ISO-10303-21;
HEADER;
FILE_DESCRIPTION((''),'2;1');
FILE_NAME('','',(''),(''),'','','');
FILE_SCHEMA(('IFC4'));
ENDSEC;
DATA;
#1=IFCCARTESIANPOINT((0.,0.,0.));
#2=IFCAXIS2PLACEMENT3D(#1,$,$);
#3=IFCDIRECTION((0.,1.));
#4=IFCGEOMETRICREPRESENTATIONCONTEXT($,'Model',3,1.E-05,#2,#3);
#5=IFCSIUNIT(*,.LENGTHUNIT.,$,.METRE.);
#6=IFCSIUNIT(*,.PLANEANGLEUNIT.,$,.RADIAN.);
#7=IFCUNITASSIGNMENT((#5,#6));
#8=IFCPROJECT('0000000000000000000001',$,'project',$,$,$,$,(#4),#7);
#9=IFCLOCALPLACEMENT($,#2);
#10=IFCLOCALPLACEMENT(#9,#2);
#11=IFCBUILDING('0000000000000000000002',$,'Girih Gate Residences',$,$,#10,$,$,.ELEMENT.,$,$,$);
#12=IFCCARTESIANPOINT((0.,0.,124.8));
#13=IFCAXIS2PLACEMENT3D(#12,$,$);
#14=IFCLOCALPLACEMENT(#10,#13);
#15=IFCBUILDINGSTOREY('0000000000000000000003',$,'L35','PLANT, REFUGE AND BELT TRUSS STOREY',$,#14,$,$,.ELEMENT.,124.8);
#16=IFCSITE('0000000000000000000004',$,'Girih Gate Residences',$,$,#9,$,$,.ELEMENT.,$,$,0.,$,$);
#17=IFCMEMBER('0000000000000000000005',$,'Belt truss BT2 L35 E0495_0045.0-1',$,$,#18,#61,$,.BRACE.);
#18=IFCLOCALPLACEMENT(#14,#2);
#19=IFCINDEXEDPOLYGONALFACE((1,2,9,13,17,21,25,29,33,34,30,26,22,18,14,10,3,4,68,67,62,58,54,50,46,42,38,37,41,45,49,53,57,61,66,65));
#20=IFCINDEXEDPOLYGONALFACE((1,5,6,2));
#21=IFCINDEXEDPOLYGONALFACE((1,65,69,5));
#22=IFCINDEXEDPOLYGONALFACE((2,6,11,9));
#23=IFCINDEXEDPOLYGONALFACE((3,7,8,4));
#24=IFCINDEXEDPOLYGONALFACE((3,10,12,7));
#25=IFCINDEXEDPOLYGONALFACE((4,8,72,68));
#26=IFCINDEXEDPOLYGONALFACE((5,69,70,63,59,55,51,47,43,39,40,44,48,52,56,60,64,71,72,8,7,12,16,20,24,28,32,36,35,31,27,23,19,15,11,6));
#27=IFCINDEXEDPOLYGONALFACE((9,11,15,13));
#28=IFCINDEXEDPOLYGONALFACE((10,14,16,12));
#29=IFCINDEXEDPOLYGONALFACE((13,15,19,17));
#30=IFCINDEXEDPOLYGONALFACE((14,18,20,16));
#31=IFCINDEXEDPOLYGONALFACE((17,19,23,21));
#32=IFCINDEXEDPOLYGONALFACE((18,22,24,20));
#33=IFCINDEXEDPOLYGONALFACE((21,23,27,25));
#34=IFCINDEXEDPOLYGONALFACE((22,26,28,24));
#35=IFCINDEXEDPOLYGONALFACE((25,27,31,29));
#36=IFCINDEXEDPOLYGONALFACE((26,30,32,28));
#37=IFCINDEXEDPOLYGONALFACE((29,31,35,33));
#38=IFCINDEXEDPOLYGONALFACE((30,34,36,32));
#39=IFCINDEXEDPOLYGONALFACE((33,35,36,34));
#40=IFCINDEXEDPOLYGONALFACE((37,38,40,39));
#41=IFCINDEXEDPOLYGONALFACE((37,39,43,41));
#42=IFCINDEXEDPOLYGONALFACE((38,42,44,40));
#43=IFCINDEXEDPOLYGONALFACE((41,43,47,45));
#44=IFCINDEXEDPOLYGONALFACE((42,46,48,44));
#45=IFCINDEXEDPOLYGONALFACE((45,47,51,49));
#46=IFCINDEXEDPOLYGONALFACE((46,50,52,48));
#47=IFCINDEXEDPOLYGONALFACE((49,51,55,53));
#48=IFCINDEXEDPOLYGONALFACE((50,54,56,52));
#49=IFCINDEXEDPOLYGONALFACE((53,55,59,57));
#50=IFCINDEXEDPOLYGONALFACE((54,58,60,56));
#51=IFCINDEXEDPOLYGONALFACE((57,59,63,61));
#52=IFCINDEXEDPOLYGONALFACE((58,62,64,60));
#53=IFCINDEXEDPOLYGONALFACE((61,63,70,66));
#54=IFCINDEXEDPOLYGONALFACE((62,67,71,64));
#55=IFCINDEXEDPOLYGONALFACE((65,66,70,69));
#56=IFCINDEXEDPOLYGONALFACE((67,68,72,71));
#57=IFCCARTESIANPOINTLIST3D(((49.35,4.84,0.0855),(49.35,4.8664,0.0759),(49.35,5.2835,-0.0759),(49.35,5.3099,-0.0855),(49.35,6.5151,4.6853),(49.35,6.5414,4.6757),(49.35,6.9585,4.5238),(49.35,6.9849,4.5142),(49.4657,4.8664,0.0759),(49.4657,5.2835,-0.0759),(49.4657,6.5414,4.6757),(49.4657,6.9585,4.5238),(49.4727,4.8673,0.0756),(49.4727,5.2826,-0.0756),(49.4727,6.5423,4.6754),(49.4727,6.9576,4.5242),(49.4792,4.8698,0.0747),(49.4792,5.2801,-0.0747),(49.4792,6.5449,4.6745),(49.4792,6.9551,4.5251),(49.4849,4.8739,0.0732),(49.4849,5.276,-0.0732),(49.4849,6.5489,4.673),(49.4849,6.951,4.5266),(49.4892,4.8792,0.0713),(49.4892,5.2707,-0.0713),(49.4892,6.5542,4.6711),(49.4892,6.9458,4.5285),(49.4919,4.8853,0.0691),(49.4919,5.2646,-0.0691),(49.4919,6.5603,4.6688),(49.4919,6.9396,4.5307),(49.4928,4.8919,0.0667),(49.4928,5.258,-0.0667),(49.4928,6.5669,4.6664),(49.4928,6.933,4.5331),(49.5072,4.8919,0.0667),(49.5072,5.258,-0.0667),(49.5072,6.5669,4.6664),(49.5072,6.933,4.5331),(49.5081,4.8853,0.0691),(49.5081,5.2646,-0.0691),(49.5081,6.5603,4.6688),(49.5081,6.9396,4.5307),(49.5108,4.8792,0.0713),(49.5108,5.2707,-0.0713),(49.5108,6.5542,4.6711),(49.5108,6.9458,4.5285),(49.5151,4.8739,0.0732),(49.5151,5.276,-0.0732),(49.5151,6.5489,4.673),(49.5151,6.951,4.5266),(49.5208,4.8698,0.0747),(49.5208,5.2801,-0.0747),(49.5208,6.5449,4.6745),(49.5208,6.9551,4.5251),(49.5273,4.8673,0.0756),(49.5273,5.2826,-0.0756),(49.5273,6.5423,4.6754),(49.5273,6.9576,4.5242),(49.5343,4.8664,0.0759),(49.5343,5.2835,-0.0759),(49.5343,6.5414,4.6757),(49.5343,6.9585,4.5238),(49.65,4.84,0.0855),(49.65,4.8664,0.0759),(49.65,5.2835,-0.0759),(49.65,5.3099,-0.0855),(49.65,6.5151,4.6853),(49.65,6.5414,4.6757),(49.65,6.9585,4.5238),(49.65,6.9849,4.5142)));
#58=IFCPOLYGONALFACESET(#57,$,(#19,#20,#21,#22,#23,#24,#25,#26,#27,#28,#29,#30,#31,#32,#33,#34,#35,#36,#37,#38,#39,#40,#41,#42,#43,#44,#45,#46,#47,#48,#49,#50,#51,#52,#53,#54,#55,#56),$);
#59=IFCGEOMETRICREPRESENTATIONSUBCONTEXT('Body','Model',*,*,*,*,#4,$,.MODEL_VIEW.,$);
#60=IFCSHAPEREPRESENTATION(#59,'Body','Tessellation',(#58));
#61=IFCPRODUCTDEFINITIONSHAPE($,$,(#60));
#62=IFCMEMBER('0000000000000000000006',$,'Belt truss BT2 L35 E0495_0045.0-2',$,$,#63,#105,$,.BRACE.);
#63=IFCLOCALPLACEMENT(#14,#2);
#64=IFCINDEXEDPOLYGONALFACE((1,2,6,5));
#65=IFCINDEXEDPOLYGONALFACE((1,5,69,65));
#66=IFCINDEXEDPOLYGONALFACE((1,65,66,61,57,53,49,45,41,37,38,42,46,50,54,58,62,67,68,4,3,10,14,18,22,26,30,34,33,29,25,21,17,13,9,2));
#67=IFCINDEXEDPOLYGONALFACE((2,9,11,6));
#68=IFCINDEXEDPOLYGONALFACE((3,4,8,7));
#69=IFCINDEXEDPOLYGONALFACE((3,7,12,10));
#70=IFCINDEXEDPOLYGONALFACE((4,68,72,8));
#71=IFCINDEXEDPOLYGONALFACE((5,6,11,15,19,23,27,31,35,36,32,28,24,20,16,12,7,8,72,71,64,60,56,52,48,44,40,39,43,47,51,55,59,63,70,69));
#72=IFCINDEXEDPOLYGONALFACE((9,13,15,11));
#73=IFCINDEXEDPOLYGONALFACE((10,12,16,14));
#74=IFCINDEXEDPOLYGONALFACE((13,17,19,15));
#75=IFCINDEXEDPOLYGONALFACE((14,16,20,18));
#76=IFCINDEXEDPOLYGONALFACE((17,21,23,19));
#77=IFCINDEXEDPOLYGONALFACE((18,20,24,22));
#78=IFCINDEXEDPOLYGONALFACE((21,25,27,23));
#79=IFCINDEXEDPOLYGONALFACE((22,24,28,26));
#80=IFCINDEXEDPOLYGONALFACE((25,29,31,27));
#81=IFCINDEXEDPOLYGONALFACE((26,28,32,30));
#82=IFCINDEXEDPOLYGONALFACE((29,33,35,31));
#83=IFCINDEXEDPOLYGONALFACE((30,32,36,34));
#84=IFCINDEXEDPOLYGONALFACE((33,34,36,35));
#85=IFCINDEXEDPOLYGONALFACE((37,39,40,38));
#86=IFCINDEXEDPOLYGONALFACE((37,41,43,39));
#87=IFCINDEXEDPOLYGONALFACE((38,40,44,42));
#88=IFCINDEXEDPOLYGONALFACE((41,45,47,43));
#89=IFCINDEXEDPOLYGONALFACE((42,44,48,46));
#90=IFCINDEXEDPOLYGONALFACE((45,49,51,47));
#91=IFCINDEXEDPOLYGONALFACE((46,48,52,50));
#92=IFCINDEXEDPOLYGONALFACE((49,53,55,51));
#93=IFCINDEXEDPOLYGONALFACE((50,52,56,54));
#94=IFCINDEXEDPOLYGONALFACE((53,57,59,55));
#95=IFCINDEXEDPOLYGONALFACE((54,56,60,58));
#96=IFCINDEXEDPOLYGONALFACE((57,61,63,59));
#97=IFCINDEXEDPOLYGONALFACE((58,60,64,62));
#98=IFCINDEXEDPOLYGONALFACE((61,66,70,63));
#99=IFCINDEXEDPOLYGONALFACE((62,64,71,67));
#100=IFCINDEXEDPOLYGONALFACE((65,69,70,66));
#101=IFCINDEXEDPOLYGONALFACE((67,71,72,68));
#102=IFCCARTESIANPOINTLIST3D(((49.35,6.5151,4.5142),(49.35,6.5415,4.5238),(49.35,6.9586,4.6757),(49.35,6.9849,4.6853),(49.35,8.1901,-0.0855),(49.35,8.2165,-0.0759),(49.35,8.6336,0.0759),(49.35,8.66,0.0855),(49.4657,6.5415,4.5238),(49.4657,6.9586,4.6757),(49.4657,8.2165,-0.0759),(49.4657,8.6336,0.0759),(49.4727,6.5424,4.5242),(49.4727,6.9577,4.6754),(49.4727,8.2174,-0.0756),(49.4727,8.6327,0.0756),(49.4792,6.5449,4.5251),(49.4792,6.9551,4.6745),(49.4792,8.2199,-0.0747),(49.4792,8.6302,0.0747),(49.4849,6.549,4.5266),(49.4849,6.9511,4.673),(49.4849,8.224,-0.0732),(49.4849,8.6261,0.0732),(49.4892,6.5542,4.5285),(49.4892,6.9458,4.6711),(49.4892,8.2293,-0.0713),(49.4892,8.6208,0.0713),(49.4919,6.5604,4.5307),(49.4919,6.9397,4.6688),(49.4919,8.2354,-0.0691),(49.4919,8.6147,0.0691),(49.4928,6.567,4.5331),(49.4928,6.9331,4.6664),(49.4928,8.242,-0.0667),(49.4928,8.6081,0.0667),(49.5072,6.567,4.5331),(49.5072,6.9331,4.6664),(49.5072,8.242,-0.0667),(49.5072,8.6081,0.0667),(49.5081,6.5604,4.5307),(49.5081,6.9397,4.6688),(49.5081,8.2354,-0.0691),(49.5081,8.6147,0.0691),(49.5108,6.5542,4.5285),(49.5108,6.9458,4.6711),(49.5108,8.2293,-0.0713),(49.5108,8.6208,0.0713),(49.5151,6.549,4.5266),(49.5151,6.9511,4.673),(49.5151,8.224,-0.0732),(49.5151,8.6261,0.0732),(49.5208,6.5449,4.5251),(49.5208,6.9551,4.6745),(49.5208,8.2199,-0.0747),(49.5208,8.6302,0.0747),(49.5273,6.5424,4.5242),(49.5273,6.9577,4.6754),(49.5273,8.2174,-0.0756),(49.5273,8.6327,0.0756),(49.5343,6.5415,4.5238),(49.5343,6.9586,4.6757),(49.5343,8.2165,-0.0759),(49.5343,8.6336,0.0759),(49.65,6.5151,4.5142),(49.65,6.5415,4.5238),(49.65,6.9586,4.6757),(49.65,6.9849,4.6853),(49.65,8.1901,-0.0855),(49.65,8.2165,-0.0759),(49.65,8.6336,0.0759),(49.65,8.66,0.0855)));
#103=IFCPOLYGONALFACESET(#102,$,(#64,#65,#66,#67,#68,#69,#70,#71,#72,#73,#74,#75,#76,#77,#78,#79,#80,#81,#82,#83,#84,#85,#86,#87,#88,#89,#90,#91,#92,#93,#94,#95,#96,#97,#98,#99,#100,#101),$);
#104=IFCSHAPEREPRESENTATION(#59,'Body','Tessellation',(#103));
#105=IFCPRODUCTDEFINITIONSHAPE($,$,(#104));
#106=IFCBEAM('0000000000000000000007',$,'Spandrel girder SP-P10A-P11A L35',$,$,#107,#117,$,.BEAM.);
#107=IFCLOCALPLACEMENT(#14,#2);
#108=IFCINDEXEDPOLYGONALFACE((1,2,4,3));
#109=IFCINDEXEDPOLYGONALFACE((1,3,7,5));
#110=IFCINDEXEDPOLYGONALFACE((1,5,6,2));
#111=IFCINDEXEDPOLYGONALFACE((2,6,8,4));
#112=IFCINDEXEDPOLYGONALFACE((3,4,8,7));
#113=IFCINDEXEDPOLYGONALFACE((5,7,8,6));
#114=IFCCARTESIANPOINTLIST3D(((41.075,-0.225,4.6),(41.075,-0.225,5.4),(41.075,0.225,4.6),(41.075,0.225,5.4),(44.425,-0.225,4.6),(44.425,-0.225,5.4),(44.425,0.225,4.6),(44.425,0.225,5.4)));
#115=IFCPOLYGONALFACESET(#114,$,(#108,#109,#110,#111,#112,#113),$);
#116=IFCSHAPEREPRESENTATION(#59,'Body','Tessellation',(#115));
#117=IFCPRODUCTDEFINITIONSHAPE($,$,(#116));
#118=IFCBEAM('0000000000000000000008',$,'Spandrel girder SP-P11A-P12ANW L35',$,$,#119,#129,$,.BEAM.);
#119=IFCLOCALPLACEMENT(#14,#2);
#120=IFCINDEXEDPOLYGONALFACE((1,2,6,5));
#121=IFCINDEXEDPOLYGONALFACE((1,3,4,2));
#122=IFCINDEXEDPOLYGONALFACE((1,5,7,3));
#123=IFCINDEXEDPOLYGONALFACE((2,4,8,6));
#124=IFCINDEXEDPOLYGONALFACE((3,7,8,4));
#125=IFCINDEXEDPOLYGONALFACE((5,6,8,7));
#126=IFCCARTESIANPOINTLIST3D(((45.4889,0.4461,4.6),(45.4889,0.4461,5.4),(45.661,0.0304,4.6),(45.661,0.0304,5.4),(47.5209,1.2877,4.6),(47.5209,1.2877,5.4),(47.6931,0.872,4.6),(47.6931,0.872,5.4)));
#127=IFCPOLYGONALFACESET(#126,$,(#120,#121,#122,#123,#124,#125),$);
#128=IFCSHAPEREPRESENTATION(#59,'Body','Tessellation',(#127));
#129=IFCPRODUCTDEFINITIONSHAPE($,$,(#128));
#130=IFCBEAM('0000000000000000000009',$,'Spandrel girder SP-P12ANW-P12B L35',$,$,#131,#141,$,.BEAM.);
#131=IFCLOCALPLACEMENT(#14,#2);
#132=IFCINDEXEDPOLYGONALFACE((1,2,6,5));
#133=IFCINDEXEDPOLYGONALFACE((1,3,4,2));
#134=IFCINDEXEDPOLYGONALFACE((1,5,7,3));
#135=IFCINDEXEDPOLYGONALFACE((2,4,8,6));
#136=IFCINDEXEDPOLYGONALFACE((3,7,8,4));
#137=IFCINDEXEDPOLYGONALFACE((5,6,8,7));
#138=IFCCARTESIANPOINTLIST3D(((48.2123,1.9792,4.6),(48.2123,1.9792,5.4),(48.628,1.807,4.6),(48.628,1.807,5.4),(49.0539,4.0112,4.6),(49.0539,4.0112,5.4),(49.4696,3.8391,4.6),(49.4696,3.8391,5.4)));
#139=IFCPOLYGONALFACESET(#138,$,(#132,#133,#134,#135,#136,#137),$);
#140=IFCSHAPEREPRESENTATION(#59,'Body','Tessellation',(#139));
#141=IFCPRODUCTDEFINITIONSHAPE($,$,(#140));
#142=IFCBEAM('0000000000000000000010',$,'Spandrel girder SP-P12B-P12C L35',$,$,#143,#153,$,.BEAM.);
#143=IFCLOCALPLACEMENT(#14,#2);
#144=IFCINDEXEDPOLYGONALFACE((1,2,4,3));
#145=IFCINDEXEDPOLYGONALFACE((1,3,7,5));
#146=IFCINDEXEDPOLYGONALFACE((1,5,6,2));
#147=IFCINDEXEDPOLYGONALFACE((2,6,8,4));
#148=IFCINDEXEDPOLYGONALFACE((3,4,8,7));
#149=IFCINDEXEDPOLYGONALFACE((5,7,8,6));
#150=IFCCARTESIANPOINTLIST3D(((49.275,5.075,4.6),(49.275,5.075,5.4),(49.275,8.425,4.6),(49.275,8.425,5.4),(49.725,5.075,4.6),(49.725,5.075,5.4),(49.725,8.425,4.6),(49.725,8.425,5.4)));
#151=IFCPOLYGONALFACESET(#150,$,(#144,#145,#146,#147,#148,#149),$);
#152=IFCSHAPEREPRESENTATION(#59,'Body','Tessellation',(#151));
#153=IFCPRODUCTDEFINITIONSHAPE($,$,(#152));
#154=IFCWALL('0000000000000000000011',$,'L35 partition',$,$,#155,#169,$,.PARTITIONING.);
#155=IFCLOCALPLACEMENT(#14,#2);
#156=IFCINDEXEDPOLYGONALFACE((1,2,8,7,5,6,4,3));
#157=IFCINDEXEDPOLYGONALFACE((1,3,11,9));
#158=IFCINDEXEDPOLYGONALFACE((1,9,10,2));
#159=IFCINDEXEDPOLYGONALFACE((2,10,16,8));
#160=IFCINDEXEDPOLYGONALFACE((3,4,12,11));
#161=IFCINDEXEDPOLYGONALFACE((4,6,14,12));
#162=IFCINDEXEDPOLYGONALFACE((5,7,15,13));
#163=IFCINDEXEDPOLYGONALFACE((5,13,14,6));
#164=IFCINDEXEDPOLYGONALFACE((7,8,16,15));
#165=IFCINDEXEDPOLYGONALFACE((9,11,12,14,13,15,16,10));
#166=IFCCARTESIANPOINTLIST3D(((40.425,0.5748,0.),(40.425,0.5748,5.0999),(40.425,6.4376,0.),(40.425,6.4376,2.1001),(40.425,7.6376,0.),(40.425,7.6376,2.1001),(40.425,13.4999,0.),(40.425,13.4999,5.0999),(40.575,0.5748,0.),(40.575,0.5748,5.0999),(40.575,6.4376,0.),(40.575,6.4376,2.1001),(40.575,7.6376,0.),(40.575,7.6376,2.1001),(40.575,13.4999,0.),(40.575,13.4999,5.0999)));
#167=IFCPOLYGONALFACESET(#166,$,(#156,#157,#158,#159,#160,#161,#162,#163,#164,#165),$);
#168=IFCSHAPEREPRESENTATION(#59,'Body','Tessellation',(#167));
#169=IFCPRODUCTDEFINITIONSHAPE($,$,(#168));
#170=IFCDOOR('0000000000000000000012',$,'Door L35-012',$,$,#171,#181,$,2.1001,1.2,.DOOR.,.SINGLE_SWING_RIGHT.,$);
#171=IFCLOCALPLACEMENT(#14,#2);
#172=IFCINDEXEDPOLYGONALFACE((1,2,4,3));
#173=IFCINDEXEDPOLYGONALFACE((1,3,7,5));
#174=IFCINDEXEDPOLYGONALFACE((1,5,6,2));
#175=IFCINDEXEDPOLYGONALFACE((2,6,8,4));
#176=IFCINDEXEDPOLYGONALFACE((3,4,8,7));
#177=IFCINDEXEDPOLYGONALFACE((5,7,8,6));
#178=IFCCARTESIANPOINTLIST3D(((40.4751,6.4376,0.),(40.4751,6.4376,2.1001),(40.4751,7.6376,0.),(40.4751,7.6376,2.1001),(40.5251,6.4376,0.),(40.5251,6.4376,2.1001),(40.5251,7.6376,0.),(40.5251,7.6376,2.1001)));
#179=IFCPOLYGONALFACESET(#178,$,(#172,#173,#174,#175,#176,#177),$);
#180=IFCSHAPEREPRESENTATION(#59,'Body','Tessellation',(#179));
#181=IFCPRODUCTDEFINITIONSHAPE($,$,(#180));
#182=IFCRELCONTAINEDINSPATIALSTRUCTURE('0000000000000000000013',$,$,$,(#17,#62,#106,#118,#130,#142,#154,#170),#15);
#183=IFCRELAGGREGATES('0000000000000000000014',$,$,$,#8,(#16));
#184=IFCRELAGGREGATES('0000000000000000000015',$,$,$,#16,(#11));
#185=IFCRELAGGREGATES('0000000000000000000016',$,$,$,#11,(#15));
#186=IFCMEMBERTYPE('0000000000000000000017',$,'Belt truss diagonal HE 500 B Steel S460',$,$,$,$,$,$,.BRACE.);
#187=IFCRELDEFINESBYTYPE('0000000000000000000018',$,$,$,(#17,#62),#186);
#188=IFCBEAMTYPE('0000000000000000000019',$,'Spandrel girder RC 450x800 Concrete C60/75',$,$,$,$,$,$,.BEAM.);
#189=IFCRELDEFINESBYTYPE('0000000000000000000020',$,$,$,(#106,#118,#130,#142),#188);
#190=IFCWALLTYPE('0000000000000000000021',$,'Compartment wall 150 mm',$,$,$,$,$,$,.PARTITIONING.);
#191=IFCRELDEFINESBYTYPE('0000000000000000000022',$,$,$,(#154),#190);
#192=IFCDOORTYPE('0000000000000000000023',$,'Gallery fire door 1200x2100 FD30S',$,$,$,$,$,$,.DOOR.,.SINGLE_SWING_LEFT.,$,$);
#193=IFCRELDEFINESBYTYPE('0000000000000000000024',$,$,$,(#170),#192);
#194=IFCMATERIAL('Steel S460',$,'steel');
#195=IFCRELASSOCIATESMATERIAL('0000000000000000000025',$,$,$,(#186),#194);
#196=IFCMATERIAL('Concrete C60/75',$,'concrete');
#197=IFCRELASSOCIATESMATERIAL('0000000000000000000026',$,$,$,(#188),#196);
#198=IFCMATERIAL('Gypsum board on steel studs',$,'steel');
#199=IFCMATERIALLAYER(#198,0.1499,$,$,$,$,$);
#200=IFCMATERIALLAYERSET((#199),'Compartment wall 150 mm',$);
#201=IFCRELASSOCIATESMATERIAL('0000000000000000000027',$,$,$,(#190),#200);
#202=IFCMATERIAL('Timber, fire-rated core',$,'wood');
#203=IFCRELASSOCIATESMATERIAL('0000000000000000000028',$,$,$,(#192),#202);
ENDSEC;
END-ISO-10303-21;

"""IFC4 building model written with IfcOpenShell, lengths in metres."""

from ifc_helpers import new_model, si_unit, direction, frame, frame_2d, origin, origin_2d, place, context, subcontext, project, spatial, rectangle, i_section, extrude, material, layer, layer_set, material_profile, profile_set, type_object, element, fill, save


model = new_model("IFC4")

# Units and contexts
model_context = context("Model", 3, precision=1e-05, world=origin(), true_north=direction((0.0, 1.0)))
body_context = subcontext(model_context, "Body", "Model", "MODEL_VIEW")
ifc_project = project(units=[si_unit("LENGTHUNIT", "METRE"), si_unit("PLANEANGLEUNIT", "RADIAN")], contexts=[model_context])

# Site, building, storey
site_placement = place(None, origin())
site = spatial("IfcSite", under=ifc_project, at=site_placement, Name="Girih Gate Residences", CompositionType="ELEMENT", RefElevation=0.0)
building_placement = place(site_placement, origin())
building = spatial("IfcBuilding", under=site, at=building_placement, Name="Girih Gate Residences", CompositionType="ELEMENT")
storey_placement = place(building_placement, frame((0.0, 0.0, 124.8)))
storey = spatial("IfcBuildingStorey", under=building, at=storey_placement, Name="L35", Description="PLANT, REFUGE AND BELT TRUSS STOREY", CompositionType="ELEMENT", Elevation=124.8)

# Members
ifc_material_1 = material(Name="Steel S460", Category="steel")
ifc_material_profile_1 = material_profile(ifc_material_1, i_section(OverallWidth=0.3, OverallDepth=0.5, WebThickness=0.0144, FlangeThickness=0.0281, FilletRadius=0.0271, at=origin_2d()))
ifc_profile_set_1 = profile_set([ifc_material_profile_1], Name="Steel S460")
member_type_1 = type_object("IfcMemberType", Name="Belt truss diagonal HE 500 B Steel S460", PredefinedType="BRACE", material=ifc_profile_set_1)
for number, where, z_axis, x_axis, name in (
    (1, (49.5, 5.075, 0.0), (0.0, 0.342171, 0.939638), (-1.0, 0.0, 0.0), "Belt truss BT2 L35 E0495_0045.0-1"),
    (2, (49.5, 8.425, 0.0), (0.0, -0.342171, 0.939638), (1.0, 0.0, 0.0), "Belt truss BT2 L35 E0495_0045.0-2"),
):
    element("IfcMember", number, at=place(storey_placement, frame(where, z_axis=z_axis, x_axis=x_axis)), inside=storey, type_object=member_type_1, Name=name, PredefinedType="BRACE", context=body_context, shape_type="SweptSolid", body=[
        extrude(i_section(OverallWidth=0.3, OverallDepth=0.5, WebThickness=0.0144, FlangeThickness=0.0281, FilletRadius=0.0271, at=origin_2d()), origin(), (0.0, 0.0, 1.0), 4.8953),
    ])

# Beams
ifc_material_2 = material(Name="Concrete C60/75", Category="concrete")
ifc_material_profile_2 = material_profile(ifc_material_2, rectangle(XDim=0.45, YDim=0.8, at=origin_2d()))
ifc_profile_set_2 = profile_set([ifc_material_profile_2], Name="Concrete C60/75")
beam_type = type_object("IfcBeamType", Name="Spandrel girder RC 450x800 Concrete C60/75", PredefinedType="BEAM", material=ifc_profile_set_2)
beam_1_placement = place(storey_placement, frame((41.075, 0.0, 5.0), z_axis=(1.0, 0.0, 0.0), x_axis=(0.0, 1.0, 0.0)))
element("IfcBeam", 3, at=beam_1_placement, inside=storey, type_object=beam_type, Name="Spandrel girder SP-P10A-P11A L35", PredefinedType="BEAM", context=body_context, shape_type="SweptSolid", body=[
    extrude(rectangle(XDim=0.45, YDim=0.8, at=origin_2d()), origin(), (0.0, 0.0, 1.0), 3.3501),
])
for number, where, z_axis, x_axis, name in (
    (4, (45.575, 0.2383, 5.0), (0.923899, 0.382636, 0.0), (-0.382636, 0.923899, 0.0), "Spandrel girder SP-P11A-P12ANW L35"),
    (5, (48.4202, 1.8931, 5.0), (0.382636, 0.923899, 0.0), (-0.923899, 0.382636, 0.0), "Spandrel girder SP-P12ANW-P12B L35"),
):
    element("IfcBeam", number, at=place(storey_placement, frame(where, z_axis=z_axis, x_axis=x_axis)), inside=storey, type_object=beam_type, Name=name, PredefinedType="BEAM", context=body_context, shape_type="SweptSolid", body=[
        extrude(rectangle(XDim=0.45, YDim=0.8, at=origin_2d()), origin(), (0.0, 0.0, 1.0), 2.1995),
    ])
beam_2_placement = place(storey_placement, frame((49.5, 5.075, 5.0), z_axis=(0.0, 1.0, 0.0), x_axis=(-1.0, 0.0, 0.0)))
element("IfcBeam", 6, at=beam_2_placement, inside=storey, type_object=beam_type, Name="Spandrel girder SP-P12B-P12C L35", PredefinedType="BEAM", context=body_context, shape_type="SweptSolid", body=[
    extrude(rectangle(XDim=0.45, YDim=0.8, at=origin_2d()), origin(), (0.0, 0.0, 1.0), 3.3501),
])

# Wall, opening, door
ifc_material_3 = material(Name="Gypsum board on steel studs", Category="steel")
ifc_layer_1 = layer(ifc_material_3, 0.1499)
ifc_layer_set_1 = layer_set([ifc_layer_1], Name="Compartment wall 150 mm")
wall_type_1 = type_object("IfcWallType", Name="Compartment wall 150 mm", PredefinedType="PARTITIONING", material=ifc_layer_set_1)
wall_1_placement = place(storey_placement, frame((40.5, 0.575, 0.0), z_axis=(0.0, 0.0, 1.0), x_axis=(0.0, 1.0, 0.0)))
wall_1 = element("IfcWall", 7, at=wall_1_placement, inside=storey, type_object=wall_type_1, Name="L35 partition", PredefinedType="PARTITIONING", context=body_context, shape_type="SweptSolid", body=[
    extrude(rectangle(XDim=12.925, YDim=0.1499, at=frame_2d((6.4624, 0.0))), origin(), (0.0, 0.0, 1.0), 5.0999),
])
opening_1_placement = place(wall_1_placement, frame((5.8625, 0.0, 0.0)))
opening_1 = element("IfcOpeningElement", 8, at=opening_1_placement, cuts=wall_1, PredefinedType="OPENING", context=body_context, shape_type="SweptSolid", body=[
    extrude(rectangle(XDim=1.2, YDim=2.1001, at=frame_2d((0.6001, 1.05))), frame((0.0, 0.085, 0.0), z_axis=(0.0, -1.0, 0.0), x_axis=(1.0, 0.0, 0.0)), (0.0, 0.0, 1.0), 0.1699),
])
ifc_material_4 = material(Name="Timber, fire-rated core", Category="wood")
door_type_1 = type_object("IfcDoorType", Name="Gallery fire door 1200x2100 FD30S", OperationType="SINGLE_SWING_LEFT", PredefinedType="DOOR", material=ifc_material_4)
door_1_placement = place(opening_1_placement, origin())
door_1 = element("IfcDoor", 9, at=door_1_placement, inside=storey, type_object=door_type_1, Name="Door L35-012", OperationType="SINGLE_SWING_RIGHT", OverallHeight=2.1001, OverallWidth=1.2, PredefinedType="DOOR", context=body_context, shape_type="SweptSolid", body=[
    extrude(rectangle(XDim=1.2, YDim=2.1001, at=frame_2d((0.6001, 1.05))), frame((0.0, 0.0249, 0.0), z_axis=(0.0, -1.0, 0.0), x_axis=(1.0, 0.0, 0.0)), (0.0, 0.0, 1.0), 0.05),
])
fill(opening_1, door_1)

save(model, "model.ifc")
